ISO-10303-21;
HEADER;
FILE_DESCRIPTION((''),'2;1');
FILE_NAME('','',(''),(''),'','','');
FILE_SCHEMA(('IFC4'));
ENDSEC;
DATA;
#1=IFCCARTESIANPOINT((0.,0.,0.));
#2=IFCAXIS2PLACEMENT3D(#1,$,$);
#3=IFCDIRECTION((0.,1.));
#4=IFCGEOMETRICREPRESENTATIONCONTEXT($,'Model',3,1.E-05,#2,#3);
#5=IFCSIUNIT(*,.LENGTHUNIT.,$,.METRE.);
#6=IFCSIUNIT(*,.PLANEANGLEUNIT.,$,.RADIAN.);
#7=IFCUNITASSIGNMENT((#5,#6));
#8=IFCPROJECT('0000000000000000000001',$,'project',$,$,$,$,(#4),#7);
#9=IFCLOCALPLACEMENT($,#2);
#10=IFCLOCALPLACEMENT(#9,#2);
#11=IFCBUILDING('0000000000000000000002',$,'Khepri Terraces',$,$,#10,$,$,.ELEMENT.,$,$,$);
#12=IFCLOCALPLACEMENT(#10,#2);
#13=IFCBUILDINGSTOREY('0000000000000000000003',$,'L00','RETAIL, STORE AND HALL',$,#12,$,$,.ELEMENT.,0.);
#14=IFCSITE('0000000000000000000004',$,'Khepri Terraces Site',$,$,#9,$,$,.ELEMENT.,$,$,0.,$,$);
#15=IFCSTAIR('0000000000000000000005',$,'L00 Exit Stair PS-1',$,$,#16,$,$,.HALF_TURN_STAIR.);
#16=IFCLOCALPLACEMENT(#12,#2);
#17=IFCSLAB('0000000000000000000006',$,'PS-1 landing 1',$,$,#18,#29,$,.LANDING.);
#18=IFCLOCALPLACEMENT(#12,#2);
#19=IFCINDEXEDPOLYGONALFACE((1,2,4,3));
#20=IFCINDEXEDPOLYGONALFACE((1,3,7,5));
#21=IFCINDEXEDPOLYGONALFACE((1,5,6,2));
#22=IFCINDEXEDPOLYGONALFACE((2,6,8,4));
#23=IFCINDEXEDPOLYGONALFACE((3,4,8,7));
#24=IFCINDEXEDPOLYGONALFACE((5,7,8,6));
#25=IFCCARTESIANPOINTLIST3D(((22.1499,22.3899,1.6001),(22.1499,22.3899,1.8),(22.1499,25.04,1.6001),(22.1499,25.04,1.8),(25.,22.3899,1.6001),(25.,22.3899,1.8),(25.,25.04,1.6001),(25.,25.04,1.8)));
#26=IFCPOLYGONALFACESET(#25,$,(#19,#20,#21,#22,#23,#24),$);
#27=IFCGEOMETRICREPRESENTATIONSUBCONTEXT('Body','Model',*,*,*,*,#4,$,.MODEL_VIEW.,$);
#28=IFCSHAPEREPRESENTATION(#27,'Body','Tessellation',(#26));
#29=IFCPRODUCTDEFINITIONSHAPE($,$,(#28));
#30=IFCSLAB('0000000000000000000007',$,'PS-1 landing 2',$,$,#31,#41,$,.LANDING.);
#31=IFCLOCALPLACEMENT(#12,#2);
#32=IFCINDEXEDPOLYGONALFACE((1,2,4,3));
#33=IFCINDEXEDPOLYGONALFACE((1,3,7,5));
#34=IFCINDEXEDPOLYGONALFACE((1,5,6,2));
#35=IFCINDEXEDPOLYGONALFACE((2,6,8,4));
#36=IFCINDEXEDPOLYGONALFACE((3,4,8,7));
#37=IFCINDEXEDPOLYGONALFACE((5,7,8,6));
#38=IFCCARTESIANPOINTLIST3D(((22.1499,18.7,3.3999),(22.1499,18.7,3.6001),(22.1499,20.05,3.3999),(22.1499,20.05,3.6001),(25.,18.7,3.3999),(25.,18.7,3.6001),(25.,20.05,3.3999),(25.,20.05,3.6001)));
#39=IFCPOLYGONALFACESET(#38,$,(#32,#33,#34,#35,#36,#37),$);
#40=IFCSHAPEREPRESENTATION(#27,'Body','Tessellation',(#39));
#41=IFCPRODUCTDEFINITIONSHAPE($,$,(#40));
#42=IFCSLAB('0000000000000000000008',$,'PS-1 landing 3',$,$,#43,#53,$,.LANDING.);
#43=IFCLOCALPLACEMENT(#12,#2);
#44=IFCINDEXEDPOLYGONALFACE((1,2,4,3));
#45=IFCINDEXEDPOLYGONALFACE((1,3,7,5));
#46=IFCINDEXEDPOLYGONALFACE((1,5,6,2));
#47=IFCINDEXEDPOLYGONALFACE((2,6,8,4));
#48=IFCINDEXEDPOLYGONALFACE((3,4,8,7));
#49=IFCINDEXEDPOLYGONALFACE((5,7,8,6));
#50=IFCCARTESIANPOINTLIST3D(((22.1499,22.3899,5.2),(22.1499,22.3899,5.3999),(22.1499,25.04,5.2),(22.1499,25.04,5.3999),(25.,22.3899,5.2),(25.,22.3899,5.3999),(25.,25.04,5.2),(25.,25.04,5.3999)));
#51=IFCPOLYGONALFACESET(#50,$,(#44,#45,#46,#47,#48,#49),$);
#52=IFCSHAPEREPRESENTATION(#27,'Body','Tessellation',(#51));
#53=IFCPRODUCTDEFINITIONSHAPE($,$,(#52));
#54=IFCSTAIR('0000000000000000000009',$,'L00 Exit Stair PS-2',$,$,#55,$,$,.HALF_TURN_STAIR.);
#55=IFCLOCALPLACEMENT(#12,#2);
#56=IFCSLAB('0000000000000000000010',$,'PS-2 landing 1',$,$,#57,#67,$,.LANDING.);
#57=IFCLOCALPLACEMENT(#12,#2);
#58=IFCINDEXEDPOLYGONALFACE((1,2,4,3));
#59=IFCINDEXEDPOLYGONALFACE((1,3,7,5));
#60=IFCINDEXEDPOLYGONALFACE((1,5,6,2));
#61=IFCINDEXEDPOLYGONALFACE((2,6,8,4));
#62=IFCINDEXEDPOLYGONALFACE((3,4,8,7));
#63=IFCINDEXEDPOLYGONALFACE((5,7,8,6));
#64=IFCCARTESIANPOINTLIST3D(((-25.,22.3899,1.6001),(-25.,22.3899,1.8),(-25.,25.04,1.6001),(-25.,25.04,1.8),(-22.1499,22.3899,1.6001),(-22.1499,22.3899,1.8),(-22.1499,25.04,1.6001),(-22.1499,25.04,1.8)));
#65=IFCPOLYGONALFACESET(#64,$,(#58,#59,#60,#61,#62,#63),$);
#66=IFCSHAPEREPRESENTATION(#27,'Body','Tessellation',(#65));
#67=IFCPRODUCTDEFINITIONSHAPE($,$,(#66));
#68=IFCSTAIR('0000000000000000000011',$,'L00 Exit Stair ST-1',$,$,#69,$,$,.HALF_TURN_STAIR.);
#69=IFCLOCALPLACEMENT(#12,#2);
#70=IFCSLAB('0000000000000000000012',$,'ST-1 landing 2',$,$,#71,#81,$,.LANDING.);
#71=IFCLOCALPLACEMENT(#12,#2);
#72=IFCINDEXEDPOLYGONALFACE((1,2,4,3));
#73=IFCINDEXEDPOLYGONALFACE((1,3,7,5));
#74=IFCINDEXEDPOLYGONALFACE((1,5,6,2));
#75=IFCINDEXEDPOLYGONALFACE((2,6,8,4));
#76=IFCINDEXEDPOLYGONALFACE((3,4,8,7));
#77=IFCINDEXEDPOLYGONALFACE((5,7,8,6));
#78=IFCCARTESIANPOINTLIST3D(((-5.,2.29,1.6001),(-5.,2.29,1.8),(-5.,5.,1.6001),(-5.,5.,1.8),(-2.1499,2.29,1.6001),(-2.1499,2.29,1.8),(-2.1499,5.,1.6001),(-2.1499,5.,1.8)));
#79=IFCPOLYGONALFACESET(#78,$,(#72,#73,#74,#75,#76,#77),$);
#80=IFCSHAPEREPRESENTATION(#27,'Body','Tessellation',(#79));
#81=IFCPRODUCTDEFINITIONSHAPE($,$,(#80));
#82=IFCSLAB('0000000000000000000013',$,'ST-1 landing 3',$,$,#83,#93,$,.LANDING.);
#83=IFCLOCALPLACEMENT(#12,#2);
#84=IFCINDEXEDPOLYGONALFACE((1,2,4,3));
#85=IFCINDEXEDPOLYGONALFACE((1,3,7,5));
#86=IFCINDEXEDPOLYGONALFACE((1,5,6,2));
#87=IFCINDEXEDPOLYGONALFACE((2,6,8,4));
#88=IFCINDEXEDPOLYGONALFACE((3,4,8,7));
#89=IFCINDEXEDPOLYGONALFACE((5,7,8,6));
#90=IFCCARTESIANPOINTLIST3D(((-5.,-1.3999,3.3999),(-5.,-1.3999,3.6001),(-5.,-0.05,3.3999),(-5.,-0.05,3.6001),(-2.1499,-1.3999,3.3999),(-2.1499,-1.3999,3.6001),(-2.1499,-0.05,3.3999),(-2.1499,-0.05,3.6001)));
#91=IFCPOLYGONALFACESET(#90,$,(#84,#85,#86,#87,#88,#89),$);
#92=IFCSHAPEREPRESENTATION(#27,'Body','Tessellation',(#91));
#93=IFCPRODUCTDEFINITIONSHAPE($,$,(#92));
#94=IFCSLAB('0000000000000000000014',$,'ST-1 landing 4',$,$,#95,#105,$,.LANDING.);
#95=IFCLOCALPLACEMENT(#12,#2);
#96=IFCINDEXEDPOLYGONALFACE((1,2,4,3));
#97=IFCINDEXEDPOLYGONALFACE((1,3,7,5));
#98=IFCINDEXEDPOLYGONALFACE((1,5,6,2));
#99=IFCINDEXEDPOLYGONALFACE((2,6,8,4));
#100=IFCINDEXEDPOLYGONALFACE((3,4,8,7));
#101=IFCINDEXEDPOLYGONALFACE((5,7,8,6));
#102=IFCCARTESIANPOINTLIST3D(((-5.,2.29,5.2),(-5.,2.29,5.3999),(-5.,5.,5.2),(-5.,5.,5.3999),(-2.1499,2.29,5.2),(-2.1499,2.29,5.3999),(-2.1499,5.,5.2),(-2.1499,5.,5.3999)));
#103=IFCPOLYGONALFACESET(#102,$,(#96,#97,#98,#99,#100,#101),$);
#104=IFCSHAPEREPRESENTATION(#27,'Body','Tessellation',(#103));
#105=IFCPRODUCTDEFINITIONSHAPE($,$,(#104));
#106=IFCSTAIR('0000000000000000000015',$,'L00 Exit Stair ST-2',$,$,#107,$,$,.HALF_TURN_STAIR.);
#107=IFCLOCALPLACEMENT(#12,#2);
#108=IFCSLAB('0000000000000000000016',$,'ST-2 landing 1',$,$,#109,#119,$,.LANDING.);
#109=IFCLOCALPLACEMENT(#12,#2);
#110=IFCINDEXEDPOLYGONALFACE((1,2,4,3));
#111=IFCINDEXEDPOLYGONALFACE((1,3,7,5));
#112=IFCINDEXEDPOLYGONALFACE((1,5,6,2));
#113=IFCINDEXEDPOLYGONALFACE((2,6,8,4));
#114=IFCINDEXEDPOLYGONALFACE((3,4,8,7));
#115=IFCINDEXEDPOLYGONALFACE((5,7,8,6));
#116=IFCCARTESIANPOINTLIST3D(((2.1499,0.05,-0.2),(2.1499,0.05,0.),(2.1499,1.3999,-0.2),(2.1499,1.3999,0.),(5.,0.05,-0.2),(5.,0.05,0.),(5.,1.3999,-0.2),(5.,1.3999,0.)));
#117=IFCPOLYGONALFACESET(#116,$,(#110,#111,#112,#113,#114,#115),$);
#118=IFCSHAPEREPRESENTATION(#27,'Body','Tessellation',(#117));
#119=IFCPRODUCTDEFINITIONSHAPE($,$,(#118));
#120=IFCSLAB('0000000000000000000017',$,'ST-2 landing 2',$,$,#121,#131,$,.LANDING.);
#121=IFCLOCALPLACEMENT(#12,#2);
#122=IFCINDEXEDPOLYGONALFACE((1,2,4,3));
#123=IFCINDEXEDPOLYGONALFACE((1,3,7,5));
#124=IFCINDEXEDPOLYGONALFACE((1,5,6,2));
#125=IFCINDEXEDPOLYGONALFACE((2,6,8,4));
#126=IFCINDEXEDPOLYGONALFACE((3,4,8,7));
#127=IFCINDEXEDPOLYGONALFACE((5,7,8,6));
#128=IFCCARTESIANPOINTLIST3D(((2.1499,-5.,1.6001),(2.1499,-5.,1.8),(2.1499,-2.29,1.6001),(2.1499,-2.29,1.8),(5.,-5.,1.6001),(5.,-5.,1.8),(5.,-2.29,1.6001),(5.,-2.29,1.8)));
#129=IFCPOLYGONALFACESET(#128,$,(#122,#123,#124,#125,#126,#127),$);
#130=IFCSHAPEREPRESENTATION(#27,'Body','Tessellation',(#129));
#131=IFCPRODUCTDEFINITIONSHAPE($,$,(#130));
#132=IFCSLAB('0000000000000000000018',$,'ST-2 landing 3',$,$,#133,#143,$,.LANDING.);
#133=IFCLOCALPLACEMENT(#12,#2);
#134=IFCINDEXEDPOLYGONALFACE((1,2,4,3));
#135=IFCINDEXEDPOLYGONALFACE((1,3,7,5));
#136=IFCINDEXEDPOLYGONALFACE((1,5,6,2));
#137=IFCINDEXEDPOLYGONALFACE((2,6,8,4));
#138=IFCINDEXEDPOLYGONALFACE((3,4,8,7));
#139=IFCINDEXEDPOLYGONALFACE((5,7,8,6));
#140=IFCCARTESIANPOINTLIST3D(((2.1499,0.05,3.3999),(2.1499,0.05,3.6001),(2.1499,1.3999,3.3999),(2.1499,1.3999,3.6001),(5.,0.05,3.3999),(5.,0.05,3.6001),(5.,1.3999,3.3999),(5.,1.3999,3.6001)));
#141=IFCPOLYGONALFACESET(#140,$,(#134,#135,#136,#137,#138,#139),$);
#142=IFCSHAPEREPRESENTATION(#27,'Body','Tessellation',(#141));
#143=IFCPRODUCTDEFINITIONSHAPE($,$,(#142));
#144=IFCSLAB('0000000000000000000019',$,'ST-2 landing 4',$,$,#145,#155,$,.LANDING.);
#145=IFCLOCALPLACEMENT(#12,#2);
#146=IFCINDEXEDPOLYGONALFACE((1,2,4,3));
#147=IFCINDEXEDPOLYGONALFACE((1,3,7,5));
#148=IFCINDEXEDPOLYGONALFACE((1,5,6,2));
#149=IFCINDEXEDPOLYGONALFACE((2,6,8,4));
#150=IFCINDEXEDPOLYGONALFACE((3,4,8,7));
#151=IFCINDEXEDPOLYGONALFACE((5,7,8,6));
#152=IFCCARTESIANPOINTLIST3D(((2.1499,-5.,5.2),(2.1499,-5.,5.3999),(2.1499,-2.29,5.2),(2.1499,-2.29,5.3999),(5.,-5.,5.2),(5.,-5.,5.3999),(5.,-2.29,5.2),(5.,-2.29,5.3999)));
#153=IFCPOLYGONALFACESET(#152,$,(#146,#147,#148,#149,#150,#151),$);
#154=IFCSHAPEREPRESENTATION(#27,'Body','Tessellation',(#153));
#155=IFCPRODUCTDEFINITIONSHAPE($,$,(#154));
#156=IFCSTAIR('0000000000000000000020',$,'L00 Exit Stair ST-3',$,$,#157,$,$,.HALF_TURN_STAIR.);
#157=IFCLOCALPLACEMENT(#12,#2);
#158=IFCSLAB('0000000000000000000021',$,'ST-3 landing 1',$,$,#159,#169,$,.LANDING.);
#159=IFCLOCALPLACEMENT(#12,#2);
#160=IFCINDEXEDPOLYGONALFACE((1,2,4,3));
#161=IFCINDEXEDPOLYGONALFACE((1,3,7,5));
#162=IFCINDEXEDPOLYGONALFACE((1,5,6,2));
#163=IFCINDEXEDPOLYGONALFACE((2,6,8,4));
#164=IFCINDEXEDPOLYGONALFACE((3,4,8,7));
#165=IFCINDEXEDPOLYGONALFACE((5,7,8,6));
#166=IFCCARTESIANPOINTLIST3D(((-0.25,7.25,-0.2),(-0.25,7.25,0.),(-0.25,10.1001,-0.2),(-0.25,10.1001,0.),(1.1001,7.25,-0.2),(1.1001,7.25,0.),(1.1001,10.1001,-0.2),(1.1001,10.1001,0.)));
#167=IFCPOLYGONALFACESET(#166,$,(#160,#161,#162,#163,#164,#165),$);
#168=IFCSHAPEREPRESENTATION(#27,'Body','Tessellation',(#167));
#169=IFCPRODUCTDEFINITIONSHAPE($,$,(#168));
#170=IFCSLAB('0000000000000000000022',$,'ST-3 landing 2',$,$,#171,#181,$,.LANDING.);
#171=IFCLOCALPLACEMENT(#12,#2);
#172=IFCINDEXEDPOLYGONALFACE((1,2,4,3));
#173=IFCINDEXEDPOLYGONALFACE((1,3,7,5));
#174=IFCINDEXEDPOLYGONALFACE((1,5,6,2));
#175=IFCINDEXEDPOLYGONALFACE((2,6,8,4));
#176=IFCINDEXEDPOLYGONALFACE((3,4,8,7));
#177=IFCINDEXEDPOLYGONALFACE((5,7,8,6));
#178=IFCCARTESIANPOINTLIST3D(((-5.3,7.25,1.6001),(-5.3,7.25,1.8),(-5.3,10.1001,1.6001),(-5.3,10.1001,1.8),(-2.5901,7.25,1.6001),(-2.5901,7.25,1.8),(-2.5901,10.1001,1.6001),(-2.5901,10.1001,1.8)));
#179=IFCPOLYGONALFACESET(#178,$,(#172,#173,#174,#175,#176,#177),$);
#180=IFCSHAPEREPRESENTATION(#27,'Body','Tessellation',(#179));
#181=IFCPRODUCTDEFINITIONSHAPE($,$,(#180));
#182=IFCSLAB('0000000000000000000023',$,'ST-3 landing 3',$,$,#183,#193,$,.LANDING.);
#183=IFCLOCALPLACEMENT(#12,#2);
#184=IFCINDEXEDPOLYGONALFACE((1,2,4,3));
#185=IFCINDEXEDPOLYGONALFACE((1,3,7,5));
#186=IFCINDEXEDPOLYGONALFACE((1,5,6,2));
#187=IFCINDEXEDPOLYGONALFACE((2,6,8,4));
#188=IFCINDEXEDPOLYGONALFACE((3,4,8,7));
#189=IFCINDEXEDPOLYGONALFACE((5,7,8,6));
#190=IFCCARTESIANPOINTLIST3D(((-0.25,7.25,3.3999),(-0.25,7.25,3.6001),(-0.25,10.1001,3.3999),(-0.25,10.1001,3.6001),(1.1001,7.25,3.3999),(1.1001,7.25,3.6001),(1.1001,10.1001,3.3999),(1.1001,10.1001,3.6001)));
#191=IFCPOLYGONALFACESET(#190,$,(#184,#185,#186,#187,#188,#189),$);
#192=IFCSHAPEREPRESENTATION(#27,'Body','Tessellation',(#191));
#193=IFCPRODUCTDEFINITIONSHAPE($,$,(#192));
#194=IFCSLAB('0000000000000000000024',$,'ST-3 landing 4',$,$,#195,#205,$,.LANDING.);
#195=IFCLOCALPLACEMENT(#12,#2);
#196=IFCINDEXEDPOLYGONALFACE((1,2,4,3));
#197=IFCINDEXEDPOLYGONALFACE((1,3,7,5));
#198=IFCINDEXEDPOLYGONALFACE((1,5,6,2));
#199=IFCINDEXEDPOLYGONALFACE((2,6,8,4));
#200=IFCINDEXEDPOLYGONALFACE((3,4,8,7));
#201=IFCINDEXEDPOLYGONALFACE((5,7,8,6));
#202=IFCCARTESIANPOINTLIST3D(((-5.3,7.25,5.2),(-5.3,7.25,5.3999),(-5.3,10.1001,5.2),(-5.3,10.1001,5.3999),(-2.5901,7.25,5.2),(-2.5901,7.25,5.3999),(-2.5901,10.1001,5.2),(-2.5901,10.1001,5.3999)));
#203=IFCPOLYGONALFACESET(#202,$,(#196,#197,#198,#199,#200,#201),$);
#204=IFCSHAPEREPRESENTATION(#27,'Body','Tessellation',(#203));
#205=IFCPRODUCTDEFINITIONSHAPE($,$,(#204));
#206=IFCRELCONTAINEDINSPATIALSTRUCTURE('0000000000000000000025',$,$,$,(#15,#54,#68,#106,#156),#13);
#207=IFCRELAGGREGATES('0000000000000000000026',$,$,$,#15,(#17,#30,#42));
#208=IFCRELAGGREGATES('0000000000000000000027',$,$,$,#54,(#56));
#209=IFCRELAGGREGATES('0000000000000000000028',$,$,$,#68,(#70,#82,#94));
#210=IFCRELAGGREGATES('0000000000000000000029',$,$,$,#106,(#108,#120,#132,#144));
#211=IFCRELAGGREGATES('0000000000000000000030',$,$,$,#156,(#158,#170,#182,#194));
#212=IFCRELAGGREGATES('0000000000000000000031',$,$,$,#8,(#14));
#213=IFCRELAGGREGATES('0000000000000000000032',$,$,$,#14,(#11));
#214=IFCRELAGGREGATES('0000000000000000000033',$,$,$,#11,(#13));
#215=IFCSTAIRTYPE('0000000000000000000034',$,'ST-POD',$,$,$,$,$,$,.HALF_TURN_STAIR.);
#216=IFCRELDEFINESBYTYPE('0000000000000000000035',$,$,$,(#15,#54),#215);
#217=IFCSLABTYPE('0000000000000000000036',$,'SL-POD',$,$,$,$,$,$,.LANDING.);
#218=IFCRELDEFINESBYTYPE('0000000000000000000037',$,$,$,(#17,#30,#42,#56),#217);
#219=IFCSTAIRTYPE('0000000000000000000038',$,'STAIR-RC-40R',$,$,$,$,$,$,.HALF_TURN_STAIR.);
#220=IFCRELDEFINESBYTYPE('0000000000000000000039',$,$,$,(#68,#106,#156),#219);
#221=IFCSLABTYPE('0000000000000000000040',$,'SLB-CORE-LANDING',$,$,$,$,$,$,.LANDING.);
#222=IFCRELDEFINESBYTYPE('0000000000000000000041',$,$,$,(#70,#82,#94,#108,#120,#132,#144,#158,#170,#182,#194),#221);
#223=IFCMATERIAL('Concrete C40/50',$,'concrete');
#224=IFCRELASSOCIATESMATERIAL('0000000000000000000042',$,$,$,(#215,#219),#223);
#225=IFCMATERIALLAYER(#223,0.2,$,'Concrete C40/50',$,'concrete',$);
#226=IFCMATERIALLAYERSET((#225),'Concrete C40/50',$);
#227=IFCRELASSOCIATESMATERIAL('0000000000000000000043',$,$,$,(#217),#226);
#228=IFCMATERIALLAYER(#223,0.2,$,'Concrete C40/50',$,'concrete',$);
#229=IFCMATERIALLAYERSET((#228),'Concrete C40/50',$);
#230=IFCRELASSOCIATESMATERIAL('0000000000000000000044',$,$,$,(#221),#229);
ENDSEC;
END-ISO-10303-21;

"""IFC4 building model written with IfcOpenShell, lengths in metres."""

from ifc_helpers import new_model, si_unit, direction, frame, origin, place, context, subcontext, project, spatial, polyline, outline, extrude, material, layer, layer_set, type_object, element, aggregate, save


model = new_model("IFC4")

# Units and contexts
model_context = context("Model", 3, precision=1e-05, world=origin(), true_north=direction((0.0, 1.0)))
body_context = subcontext(model_context, "Body", "Model", "MODEL_VIEW")
ifc_project = project(units=[si_unit("LENGTHUNIT", "METRE"), si_unit("PLANEANGLEUNIT", "RADIAN")], contexts=[model_context])

# Site, building, storey
site_placement = place(None, origin())
site = spatial("IfcSite", under=ifc_project, at=site_placement, Name="Khepri Terraces Site", CompositionType="ELEMENT", RefElevation=0.0)
building_placement = place(site_placement, origin())
building = spatial("IfcBuilding", under=site, at=building_placement, Name="Khepri Terraces", CompositionType="ELEMENT")
storey_placement = place(building_placement, origin())
storey = spatial("IfcBuildingStorey", under=building, at=storey_placement, Name="L00", Description="RETAIL, STORE AND HALL", CompositionType="ELEMENT", Elevation=0.0)

# Stair, slabs
ifc_material_1 = material(Name="Concrete C40/50", Category="concrete")
stair_type_1 = type_object("IfcStairType", Name="ST-POD", PredefinedType="HALF_TURN_STAIR", material=ifc_material_1)
stair_1_placement = place(storey_placement, origin())
stair_1 = element("IfcStair", 1, at=stair_1_placement, inside=storey, type_object=stair_type_1, Name="L00 Exit Stair PS-1", PredefinedType="HALF_TURN_STAIR")
ifc_layer_1 = layer(ifc_material_1, 0.2, Name="Concrete C40/50", Category="concrete")
ifc_layer_set_1 = layer_set([ifc_layer_1], Name="Concrete C40/50")
slab_type_1 = type_object("IfcSlabType", Name="SL-POD", PredefinedType="LANDING", material=ifc_layer_set_1)
slab_1_placement = place(storey_placement, frame((0.0, 0.0, 1.6001)))
slab_1 = element("IfcSlab", 2, at=slab_1_placement, type_object=slab_type_1, Name="PS-1 landing 1", PredefinedType="LANDING", context=body_context, shape_type="SweptSolid", body=[
    extrude(outline(polyline([(25.0, 22.3899), (25.0, 25.04), (22.1499, 25.04), (22.1499, 22.3899), (25.0, 22.3899)])), origin(), (0.0, 0.0, 1.0), 0.2),
])
slab_2_placement = place(storey_placement, frame((0.0, 0.0, 3.3999)))
slab_2 = element("IfcSlab", 3, at=slab_2_placement, type_object=slab_type_1, Name="PS-1 landing 2", PredefinedType="LANDING", context=body_context, shape_type="SweptSolid", body=[
    extrude(outline(polyline([(25.0, 18.7), (25.0, 20.05), (22.1499, 20.05), (22.1499, 18.7), (25.0, 18.7)])), origin(), (0.0, 0.0, 1.0), 0.2002),
])
slab_3_placement = place(storey_placement, frame((0.0, 0.0, 5.2)))
slab_3 = element("IfcSlab", 4, at=slab_3_placement, type_object=slab_type_1, Name="PS-1 landing 3", PredefinedType="LANDING", context=body_context, shape_type="SweptSolid", body=[
    extrude(outline(polyline([(25.0, 22.3899), (25.0, 25.04), (22.1499, 25.04), (22.1499, 22.3899), (25.0, 22.3899)])), origin(), (0.0, 0.0, 1.0), 0.2),
])
aggregate(stair_1, [slab_1, slab_2, slab_3])

# Stair, slab
stair_2_placement = place(storey_placement, origin())
stair_2 = element("IfcStair", 5, at=stair_2_placement, inside=storey, type_object=stair_type_1, Name="L00 Exit Stair PS-2", PredefinedType="HALF_TURN_STAIR")
slab_4_placement = place(storey_placement, frame((0.0, 0.0, 1.6001)))
slab_4 = element("IfcSlab", 6, at=slab_4_placement, type_object=slab_type_1, Name="PS-2 landing 1", PredefinedType="LANDING", context=body_context, shape_type="SweptSolid", body=[
    extrude(outline(polyline([(-22.1499, 22.3899), (-22.1499, 25.04), (-25.0, 25.04), (-25.0, 22.3899), (-22.1499, 22.3899)])), origin(), (0.0, 0.0, 1.0), 0.2),
])
aggregate(stair_2, [slab_4])

# Stairs, slabs
stair_type_2 = type_object("IfcStairType", Name="STAIR-RC-40R", PredefinedType="HALF_TURN_STAIR", material=ifc_material_1)
stair_3_placement = place(storey_placement, origin())
stair_3 = element("IfcStair", 7, at=stair_3_placement, inside=storey, type_object=stair_type_2, Name="L00 Exit Stair ST-1", PredefinedType="HALF_TURN_STAIR")
ifc_layer_2 = layer(ifc_material_1, 0.2, Name="Concrete C40/50", Category="concrete")
ifc_layer_set_2 = layer_set([ifc_layer_2], Name="Concrete C40/50")
slab_type_2 = type_object("IfcSlabType", Name="SLB-CORE-LANDING", PredefinedType="LANDING", material=ifc_layer_set_2)
slab_5_placement = place(storey_placement, frame((0.0, 0.0, 1.6001)))
slab_5 = element("IfcSlab", 8, at=slab_5_placement, type_object=slab_type_2, Name="ST-1 landing 2", PredefinedType="LANDING", context=body_context, shape_type="SweptSolid", body=[
    extrude(outline(polyline([(-2.1499, 2.29), (-2.1499, 5.0), (-5.0, 5.0), (-5.0, 2.29), (-2.1499, 2.29)])), origin(), (0.0, 0.0, 1.0), 0.2),
])
slab_6_placement = place(storey_placement, frame((0.0, 0.0, 3.3999)))
slab_6 = element("IfcSlab", 9, at=slab_6_placement, type_object=slab_type_2, Name="ST-1 landing 3", PredefinedType="LANDING", context=body_context, shape_type="SweptSolid", body=[
    extrude(outline(polyline([(-2.1499, -1.3999), (-2.1499, -0.05), (-5.0, -0.05), (-5.0, -1.3999), (-2.1499, -1.3999)])), origin(), (0.0, 0.0, 1.0), 0.2002),
])
slab_7_placement = place(storey_placement, frame((0.0, 0.0, 5.2)))
slab_7 = element("IfcSlab", 10, at=slab_7_placement, type_object=slab_type_2, Name="ST-1 landing 4", PredefinedType="LANDING", context=body_context, shape_type="SweptSolid", body=[
    extrude(outline(polyline([(-2.1499, 2.29), (-2.1499, 5.0), (-5.0, 5.0), (-5.0, 2.29), (-2.1499, 2.29)])), origin(), (0.0, 0.0, 1.0), 0.2),
])
aggregate(stair_3, [slab_5, slab_6, slab_7])
stair_4_placement = place(storey_placement, origin())
stair_4 = element("IfcStair", 11, at=stair_4_placement, inside=storey, type_object=stair_type_2, Name="L00 Exit Stair ST-2", PredefinedType="HALF_TURN_STAIR")
slab_8_placement = place(storey_placement, frame((0.0, 0.0, -0.2)))
slab_8 = element("IfcSlab", 12, at=slab_8_placement, type_object=slab_type_2, Name="ST-2 landing 1", PredefinedType="LANDING", context=body_context, shape_type="SweptSolid", body=[
    extrude(outline(polyline([(2.1499, 1.3999), (2.1499, 0.05), (5.0, 0.05), (5.0, 1.3999), (2.1499, 1.3999)])), origin(), (0.0, 0.0, 1.0), 0.2),
])
slab_9_placement = place(storey_placement, frame((0.0, 0.0, 1.6001)))
slab_9 = element("IfcSlab", 13, at=slab_9_placement, type_object=slab_type_2, Name="ST-2 landing 2", PredefinedType="LANDING", context=body_context, shape_type="SweptSolid", body=[
    extrude(outline(polyline([(2.1499, -2.29), (2.1499, -5.0), (5.0, -5.0), (5.0, -2.29), (2.1499, -2.29)])), origin(), (0.0, 0.0, 1.0), 0.2),
])
slab_10_placement = place(storey_placement, frame((0.0, 0.0, 3.3999)))
slab_10 = element("IfcSlab", 14, at=slab_10_placement, type_object=slab_type_2, Name="ST-2 landing 3", PredefinedType="LANDING", context=body_context, shape_type="SweptSolid", body=[
    extrude(outline(polyline([(2.1499, 1.3999), (2.1499, 0.05), (5.0, 0.05), (5.0, 1.3999), (2.1499, 1.3999)])), origin(), (0.0, 0.0, 1.0), 0.2002),
])
slab_11_placement = place(storey_placement, frame((0.0, 0.0, 5.2)))
slab_11 = element("IfcSlab", 15, at=slab_11_placement, type_object=slab_type_2, Name="ST-2 landing 4", PredefinedType="LANDING", context=body_context, shape_type="SweptSolid", body=[
    extrude(outline(polyline([(2.1499, -2.29), (2.1499, -5.0), (5.0, -5.0), (5.0, -2.29), (2.1499, -2.29)])), origin(), (0.0, 0.0, 1.0), 0.2),
])
aggregate(stair_4, [slab_8, slab_9, slab_10, slab_11])

# Stair, slabs
stair_5_placement = place(storey_placement, origin())
stair_5 = element("IfcStair", 16, at=stair_5_placement, inside=storey, type_object=stair_type_2, Name="L00 Exit Stair ST-3", PredefinedType="HALF_TURN_STAIR")
slab_12_placement = place(storey_placement, frame((0.0, 0.0, -0.2)))
slab_12 = element("IfcSlab", 17, at=slab_12_placement, type_object=slab_type_2, Name="ST-3 landing 1", PredefinedType="LANDING", context=body_context, shape_type="SweptSolid", body=[
    extrude(outline(polyline([(1.1001, 10.1001), (-0.25, 10.1001), (-0.25, 7.25), (1.1001, 7.25), (1.1001, 10.1001)])), origin(), (0.0, 0.0, 1.0), 0.2),
])
slab_13_placement = place(storey_placement, frame((0.0, 0.0, 1.6001)))
slab_13 = element("IfcSlab", 18, at=slab_13_placement, type_object=slab_type_2, Name="ST-3 landing 2", PredefinedType="LANDING", context=body_context, shape_type="SweptSolid", body=[
    extrude(outline(polyline([(-2.5901, 10.1001), (-5.3, 10.1001), (-5.3, 7.25), (-2.5901, 7.25), (-2.5901, 10.1001)])), origin(), (0.0, 0.0, 1.0), 0.2),
])
slab_14_placement = place(storey_placement, frame((0.0, 0.0, 3.3999)))
slab_14 = element("IfcSlab", 19, at=slab_14_placement, type_object=slab_type_2, Name="ST-3 landing 3", PredefinedType="LANDING", context=body_context, shape_type="SweptSolid", body=[
    extrude(outline(polyline([(1.1001, 10.1001), (-0.25, 10.1001), (-0.25, 7.25), (1.1001, 7.25), (1.1001, 10.1001)])), origin(), (0.0, 0.0, 1.0), 0.2002),
])
slab_15_placement = place(storey_placement, frame((0.0, 0.0, 5.2)))
slab_15 = element("IfcSlab", 20, at=slab_15_placement, type_object=slab_type_2, Name="ST-3 landing 4", PredefinedType="LANDING", context=body_context, shape_type="SweptSolid", body=[
    extrude(outline(polyline([(-2.5901, 10.1001), (-5.3, 10.1001), (-5.3, 7.25), (-2.5901, 7.25), (-2.5901, 10.1001)])), origin(), (0.0, 0.0, 1.0), 0.2),
])
aggregate(stair_5, [slab_12, slab_13, slab_14, slab_15])

save(model, "model.ifc")
